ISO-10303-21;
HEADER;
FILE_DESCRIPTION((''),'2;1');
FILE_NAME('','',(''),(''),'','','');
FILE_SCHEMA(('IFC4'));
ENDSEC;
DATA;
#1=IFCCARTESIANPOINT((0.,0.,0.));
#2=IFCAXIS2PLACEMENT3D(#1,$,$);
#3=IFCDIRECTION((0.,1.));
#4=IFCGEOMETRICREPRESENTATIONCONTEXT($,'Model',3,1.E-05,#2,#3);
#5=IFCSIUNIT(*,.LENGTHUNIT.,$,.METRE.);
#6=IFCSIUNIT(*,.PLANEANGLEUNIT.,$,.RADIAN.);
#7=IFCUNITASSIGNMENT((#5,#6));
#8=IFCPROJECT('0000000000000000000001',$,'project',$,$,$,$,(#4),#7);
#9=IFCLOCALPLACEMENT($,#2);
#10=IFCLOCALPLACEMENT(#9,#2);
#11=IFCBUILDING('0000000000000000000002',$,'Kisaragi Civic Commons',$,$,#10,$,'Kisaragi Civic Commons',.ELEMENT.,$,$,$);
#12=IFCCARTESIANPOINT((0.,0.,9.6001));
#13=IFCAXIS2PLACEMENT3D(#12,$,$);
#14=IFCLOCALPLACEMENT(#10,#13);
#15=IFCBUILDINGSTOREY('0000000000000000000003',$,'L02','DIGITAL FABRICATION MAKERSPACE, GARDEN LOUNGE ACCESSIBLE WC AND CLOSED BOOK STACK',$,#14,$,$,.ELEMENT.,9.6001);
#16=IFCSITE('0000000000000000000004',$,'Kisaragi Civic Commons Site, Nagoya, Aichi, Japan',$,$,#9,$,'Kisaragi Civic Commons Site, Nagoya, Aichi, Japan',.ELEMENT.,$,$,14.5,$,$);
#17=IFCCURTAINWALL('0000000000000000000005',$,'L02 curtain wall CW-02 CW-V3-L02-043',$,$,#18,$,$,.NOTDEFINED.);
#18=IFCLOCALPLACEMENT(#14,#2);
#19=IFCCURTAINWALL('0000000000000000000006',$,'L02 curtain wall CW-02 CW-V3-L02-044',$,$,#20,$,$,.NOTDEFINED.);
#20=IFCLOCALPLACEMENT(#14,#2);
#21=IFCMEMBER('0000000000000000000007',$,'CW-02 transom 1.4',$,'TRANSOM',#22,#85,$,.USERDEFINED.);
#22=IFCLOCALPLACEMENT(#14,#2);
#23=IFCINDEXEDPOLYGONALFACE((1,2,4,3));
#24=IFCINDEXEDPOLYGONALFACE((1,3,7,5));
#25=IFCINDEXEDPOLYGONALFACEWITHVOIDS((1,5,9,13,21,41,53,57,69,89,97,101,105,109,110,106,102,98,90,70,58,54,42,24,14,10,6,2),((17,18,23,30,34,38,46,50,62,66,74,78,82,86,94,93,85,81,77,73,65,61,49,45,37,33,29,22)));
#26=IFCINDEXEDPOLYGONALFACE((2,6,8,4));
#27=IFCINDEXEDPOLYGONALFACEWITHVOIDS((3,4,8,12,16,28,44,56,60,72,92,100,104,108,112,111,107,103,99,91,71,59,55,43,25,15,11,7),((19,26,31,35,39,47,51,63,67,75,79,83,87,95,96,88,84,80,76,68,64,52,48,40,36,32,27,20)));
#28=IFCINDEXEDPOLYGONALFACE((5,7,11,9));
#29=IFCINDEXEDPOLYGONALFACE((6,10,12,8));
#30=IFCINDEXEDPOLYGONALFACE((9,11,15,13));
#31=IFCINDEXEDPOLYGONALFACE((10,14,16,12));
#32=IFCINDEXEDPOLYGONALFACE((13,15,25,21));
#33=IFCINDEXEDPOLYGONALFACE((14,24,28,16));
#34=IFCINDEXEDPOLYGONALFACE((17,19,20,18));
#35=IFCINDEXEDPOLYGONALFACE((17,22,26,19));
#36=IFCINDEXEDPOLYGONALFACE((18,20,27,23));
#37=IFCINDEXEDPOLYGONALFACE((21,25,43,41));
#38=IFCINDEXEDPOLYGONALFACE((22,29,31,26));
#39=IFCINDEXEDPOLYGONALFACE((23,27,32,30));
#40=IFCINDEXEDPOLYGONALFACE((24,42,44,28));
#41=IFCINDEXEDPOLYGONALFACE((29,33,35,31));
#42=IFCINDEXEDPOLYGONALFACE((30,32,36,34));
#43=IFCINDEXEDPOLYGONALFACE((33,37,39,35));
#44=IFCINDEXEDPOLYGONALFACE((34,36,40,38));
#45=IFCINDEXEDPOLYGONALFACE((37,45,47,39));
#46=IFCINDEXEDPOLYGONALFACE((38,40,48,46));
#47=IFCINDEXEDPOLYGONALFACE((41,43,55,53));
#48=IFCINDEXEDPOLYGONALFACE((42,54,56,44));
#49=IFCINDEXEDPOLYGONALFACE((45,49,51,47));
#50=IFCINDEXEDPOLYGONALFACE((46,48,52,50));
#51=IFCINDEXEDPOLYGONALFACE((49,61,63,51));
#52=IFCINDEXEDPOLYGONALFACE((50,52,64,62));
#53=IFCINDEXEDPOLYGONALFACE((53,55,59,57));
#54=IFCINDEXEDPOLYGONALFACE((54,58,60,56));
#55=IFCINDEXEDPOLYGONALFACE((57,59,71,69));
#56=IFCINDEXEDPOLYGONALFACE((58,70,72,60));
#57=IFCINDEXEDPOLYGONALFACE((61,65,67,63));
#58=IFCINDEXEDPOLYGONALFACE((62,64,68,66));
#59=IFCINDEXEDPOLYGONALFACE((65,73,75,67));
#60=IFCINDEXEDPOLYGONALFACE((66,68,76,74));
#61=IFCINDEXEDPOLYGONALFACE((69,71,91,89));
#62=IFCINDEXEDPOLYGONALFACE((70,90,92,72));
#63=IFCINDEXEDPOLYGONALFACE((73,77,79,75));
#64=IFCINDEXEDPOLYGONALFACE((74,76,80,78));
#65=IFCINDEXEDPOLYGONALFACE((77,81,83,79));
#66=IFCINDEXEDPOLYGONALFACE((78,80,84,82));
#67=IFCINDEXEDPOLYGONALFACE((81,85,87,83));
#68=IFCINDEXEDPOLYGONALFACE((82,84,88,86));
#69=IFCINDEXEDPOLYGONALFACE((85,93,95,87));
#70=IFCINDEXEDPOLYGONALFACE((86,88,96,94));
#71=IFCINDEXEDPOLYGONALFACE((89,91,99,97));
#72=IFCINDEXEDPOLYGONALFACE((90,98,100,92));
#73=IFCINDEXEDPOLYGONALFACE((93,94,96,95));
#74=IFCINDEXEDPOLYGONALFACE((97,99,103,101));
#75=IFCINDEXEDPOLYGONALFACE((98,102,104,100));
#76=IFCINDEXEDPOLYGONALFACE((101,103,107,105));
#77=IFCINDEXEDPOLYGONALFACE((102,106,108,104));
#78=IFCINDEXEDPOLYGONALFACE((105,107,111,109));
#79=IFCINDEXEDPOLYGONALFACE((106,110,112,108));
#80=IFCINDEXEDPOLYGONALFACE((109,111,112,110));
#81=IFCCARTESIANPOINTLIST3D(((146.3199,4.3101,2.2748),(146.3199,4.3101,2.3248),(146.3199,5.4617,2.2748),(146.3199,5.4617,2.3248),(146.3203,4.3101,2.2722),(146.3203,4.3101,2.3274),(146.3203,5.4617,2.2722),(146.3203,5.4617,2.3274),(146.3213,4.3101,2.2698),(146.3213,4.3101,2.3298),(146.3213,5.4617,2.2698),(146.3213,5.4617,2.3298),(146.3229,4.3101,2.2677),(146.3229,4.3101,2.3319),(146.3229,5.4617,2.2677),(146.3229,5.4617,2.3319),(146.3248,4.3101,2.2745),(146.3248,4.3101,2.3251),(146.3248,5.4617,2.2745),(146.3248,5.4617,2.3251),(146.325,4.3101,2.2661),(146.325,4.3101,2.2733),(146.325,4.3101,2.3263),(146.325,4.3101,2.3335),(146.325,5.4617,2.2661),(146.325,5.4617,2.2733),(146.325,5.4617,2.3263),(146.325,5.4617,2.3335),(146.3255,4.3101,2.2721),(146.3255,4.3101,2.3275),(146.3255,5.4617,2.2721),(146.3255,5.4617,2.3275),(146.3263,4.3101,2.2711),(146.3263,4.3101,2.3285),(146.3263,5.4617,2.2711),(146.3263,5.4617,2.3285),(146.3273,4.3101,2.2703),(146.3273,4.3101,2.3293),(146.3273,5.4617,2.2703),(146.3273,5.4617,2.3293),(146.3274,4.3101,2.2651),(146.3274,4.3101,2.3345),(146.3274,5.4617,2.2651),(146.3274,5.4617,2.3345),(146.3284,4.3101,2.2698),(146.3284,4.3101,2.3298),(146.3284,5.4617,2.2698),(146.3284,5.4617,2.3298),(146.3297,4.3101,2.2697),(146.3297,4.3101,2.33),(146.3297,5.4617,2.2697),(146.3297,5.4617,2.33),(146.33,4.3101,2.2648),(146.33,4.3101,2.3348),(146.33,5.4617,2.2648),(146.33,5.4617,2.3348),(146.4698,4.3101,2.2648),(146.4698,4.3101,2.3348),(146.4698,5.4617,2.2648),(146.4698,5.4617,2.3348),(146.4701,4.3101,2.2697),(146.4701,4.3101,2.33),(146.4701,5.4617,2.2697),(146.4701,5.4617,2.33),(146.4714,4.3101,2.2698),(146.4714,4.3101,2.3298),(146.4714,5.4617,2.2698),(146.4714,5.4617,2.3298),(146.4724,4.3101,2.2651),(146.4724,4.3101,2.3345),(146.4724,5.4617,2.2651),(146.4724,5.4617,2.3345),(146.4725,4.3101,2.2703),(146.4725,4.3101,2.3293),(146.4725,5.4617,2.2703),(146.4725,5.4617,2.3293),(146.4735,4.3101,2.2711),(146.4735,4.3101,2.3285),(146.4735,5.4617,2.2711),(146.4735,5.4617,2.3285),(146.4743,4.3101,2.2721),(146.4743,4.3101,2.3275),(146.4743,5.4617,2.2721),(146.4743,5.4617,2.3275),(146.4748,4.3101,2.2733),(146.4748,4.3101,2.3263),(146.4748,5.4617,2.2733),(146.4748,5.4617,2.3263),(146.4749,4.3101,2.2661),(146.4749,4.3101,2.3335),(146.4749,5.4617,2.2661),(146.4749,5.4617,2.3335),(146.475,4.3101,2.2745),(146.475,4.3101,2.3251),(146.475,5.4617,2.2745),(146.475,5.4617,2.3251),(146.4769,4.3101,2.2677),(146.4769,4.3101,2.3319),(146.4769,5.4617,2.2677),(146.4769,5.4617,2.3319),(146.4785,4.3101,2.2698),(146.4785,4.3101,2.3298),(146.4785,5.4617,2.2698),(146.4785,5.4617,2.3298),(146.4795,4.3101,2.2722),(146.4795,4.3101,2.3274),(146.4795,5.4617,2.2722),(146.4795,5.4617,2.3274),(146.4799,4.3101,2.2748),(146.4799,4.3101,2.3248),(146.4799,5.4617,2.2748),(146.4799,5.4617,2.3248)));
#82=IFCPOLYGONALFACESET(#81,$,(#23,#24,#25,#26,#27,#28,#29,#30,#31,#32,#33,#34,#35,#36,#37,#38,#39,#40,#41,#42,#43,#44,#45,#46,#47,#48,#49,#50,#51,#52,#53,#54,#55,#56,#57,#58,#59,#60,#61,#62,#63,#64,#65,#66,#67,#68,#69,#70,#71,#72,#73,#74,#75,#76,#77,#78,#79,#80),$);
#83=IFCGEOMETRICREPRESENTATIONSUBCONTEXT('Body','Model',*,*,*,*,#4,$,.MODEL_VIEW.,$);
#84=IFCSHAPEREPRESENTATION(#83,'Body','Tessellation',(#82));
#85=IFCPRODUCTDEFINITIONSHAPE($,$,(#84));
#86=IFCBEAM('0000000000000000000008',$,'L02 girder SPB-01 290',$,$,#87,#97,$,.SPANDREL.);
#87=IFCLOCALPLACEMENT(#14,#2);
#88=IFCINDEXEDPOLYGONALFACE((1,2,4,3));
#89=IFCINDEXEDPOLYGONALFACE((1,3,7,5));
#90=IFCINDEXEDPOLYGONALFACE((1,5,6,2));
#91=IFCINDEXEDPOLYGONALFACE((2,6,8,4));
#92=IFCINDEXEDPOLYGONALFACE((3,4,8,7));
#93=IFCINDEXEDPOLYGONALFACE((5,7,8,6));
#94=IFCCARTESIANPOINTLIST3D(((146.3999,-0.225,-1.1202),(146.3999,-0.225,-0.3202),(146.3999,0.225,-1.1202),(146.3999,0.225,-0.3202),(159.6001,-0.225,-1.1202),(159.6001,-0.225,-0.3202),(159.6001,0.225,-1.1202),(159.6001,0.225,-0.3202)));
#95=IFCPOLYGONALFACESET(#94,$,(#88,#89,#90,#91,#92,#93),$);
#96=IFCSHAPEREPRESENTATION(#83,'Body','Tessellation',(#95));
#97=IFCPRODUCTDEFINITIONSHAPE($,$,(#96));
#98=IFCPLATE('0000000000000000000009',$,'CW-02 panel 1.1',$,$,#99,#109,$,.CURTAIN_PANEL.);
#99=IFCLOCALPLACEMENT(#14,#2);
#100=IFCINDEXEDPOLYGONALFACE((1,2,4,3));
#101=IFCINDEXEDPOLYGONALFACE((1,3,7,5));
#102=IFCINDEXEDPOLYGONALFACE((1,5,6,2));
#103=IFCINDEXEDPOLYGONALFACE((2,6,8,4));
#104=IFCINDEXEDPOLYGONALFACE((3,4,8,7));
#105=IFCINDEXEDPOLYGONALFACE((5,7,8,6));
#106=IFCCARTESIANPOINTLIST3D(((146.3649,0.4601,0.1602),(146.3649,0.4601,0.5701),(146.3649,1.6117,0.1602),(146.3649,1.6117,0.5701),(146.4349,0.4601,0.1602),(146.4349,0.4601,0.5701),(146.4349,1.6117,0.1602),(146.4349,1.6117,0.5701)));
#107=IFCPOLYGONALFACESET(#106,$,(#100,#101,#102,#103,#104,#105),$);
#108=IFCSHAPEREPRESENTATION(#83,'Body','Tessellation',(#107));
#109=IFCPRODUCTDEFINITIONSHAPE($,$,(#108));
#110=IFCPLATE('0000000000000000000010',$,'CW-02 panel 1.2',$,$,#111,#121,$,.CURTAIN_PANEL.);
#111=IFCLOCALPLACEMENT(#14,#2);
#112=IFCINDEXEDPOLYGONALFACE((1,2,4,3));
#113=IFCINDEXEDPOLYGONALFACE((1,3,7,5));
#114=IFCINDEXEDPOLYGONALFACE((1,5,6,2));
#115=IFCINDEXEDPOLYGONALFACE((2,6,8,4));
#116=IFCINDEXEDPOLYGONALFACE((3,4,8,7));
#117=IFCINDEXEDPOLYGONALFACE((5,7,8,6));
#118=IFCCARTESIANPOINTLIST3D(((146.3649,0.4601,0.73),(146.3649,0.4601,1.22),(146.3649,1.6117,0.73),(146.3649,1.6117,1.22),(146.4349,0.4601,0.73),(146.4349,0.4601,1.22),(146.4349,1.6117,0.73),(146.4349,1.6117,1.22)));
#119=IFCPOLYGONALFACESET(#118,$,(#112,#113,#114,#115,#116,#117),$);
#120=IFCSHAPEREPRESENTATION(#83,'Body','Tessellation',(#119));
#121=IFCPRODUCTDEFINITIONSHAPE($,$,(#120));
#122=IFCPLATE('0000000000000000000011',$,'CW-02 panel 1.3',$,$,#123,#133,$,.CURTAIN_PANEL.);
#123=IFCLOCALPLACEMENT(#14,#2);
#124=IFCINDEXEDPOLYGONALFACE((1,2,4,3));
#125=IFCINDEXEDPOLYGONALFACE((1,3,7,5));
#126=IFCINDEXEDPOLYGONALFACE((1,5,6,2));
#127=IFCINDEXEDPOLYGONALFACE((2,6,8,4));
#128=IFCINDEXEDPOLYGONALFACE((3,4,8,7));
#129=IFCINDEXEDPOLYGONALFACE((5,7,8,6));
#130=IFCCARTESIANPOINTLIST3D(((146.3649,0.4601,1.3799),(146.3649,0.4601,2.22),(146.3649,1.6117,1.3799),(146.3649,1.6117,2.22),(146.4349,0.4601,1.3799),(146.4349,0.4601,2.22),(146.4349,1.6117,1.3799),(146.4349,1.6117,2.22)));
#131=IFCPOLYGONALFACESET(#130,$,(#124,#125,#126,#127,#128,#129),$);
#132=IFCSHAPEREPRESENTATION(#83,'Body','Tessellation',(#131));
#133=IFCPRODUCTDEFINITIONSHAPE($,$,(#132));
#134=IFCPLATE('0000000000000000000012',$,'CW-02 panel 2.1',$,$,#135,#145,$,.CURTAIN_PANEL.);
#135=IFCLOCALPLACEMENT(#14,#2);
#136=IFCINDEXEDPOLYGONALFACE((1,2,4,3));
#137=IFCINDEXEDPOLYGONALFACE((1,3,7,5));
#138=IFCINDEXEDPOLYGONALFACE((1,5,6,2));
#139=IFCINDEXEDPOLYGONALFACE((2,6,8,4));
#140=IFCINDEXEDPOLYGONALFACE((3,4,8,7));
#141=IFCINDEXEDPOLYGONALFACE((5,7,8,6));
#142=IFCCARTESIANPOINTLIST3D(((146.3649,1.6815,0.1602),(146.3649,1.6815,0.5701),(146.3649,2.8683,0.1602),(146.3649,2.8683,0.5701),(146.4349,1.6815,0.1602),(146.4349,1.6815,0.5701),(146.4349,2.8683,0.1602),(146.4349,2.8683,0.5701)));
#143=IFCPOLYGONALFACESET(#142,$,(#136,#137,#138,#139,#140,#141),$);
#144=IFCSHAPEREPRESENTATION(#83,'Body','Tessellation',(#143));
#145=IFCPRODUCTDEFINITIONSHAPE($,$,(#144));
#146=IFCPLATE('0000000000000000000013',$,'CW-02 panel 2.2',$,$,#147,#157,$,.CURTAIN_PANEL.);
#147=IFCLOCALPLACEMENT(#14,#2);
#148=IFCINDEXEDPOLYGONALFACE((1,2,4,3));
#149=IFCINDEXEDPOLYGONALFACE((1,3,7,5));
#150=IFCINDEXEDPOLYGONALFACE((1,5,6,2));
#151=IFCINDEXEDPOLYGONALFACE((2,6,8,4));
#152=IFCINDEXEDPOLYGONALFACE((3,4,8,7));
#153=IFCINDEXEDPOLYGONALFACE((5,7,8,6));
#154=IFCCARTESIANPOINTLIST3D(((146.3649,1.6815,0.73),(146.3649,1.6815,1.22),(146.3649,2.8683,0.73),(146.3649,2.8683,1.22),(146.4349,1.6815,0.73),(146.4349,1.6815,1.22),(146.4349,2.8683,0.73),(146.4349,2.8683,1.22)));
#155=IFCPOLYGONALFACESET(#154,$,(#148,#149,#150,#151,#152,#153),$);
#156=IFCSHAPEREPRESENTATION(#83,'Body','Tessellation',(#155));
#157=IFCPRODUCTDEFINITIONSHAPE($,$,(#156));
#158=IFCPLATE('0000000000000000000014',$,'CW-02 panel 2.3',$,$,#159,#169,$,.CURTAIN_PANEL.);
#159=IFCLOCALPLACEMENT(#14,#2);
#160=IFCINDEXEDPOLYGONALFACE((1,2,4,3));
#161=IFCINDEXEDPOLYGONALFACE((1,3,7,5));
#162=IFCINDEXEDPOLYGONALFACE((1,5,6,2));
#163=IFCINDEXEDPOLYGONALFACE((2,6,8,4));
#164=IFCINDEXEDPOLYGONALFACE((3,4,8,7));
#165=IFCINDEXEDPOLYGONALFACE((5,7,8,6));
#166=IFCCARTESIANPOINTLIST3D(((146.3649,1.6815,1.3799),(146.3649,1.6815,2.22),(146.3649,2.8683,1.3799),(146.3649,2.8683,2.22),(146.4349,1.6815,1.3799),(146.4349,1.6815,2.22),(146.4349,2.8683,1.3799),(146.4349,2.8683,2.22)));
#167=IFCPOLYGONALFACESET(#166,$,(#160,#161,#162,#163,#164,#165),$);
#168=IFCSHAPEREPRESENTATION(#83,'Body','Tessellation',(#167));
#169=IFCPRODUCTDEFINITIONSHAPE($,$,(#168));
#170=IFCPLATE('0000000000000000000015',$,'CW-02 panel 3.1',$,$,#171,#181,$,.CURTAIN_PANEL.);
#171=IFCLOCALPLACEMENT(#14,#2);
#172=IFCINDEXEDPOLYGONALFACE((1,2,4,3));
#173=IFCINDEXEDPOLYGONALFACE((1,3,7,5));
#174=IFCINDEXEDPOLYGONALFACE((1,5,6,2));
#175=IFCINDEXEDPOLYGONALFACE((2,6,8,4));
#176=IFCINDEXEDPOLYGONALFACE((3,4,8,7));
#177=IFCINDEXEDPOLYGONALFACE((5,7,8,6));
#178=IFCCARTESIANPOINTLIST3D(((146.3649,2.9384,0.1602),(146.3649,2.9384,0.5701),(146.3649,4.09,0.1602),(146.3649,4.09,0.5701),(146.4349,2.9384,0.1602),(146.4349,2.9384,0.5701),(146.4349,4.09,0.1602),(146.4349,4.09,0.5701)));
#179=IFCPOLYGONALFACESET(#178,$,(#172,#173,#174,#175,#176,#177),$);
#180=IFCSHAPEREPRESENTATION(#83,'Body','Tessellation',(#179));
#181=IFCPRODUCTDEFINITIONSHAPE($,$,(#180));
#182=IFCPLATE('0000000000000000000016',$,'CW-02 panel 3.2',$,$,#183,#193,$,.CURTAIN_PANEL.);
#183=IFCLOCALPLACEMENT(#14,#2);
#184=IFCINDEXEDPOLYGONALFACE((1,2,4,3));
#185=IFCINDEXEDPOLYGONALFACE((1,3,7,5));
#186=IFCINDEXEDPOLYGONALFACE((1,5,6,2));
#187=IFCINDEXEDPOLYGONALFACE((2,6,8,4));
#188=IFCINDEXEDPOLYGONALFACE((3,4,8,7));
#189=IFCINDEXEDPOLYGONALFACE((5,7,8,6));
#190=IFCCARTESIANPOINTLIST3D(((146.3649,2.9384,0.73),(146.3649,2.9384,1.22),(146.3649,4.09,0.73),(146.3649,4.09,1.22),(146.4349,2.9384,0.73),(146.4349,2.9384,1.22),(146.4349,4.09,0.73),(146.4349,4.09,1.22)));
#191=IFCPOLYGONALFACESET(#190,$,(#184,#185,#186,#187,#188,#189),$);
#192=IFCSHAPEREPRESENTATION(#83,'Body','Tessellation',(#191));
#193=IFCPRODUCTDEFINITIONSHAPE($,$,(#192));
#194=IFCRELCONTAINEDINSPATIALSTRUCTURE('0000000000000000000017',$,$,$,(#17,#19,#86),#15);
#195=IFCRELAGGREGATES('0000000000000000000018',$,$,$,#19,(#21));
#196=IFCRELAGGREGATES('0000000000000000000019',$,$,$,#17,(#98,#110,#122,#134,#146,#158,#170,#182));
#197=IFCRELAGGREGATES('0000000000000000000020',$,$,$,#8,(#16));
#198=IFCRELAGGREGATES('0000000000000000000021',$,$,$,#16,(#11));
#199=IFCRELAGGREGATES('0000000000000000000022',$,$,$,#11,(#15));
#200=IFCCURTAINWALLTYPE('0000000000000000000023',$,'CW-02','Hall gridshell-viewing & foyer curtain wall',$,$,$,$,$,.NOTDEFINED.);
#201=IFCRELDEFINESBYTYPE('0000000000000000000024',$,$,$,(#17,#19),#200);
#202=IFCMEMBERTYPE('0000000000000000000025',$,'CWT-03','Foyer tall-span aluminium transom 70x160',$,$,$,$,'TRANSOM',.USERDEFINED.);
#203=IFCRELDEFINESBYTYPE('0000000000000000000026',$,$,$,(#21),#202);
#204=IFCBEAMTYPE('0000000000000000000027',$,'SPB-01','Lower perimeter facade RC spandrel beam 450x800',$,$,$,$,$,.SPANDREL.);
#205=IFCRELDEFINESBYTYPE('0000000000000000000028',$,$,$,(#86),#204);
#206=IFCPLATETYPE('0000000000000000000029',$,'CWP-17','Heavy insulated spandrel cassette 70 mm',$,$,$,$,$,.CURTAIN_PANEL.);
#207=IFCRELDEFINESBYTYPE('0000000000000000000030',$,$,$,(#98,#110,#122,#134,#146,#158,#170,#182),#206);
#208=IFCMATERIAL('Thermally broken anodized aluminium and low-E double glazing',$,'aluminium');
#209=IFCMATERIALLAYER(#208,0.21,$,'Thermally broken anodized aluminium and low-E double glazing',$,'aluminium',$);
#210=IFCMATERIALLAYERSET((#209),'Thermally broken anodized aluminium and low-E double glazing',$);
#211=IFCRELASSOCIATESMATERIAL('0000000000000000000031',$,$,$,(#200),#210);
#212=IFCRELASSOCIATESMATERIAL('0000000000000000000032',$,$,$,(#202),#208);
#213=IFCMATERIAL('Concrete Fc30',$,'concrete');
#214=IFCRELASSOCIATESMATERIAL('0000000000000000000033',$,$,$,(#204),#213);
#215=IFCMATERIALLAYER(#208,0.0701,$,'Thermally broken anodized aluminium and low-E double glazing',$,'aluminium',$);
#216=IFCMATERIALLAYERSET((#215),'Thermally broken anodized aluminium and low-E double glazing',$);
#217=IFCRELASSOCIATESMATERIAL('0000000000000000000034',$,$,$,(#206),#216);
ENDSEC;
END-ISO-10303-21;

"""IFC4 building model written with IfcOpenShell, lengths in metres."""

from ifc_helpers import new_model, si_unit, direction, frame, origin, origin_2d, place, context, subcontext, project, spatial, rectangle, hollow_rectangle, extrude, material, layer, layer_set, material_profile, profile_set, type_object, element, aggregate, save


model = new_model("IFC4")

# Units and contexts
model_context = context("Model", 3, precision=1e-05, world=origin(), true_north=direction((0.0, 1.0)))
body_context = subcontext(model_context, "Body", "Model", "MODEL_VIEW")
ifc_project = project(units=[si_unit("LENGTHUNIT", "METRE"), si_unit("PLANEANGLEUNIT", "RADIAN")], contexts=[model_context])

# Site, building, storey
site_placement = place(None, origin())
site = spatial("IfcSite", under=ifc_project, at=site_placement, Name="Kisaragi Civic Commons Site, Nagoya, Aichi, Japan", LongName="Kisaragi Civic Commons Site, Nagoya, Aichi, Japan", CompositionType="ELEMENT", RefElevation=14.5)
building_placement = place(site_placement, origin())
building = spatial("IfcBuilding", under=site, at=building_placement, Name="Kisaragi Civic Commons", LongName="Kisaragi Civic Commons", CompositionType="ELEMENT")
storey_placement = place(building_placement, frame((0.0, 0.0, 9.6001)))
storey = spatial("IfcBuildingStorey", under=building, at=storey_placement, Name="L02", Description="DIGITAL FABRICATION MAKERSPACE, GARDEN LOUNGE ACCESSIBLE WC AND CLOSED BOOK STACK", CompositionType="ELEMENT", Elevation=9.6001)

# Curtain wall
ifc_material_1 = material(Name="Thermally broken anodized aluminium and low-E double glazing", Category="aluminium")
ifc_layer_1 = layer(ifc_material_1, 0.21, Name="Thermally broken anodized aluminium and low-E double glazing", Category="aluminium")
ifc_layer_set_1 = layer_set([ifc_layer_1], Name="Thermally broken anodized aluminium and low-E double glazing")
curtain_wall_type = type_object("IfcCurtainWallType", Name="CW-02", Description="Hall gridshell-viewing & foyer curtain wall", PredefinedType="NOTDEFINED", material=ifc_layer_set_1)
curtain_wall_1_placement = place(storey_placement, origin())
curtain_wall_1 = element("IfcCurtainWall", 1, at=curtain_wall_1_placement, inside=storey, type_object=curtain_wall_type, Name="L02 curtain wall CW-02 CW-V3-L02-043", PredefinedType="NOTDEFINED")

# Curtain wall
curtain_wall_2_placement = place(storey_placement, origin())
curtain_wall_2 = element("IfcCurtainWall", 2, at=curtain_wall_2_placement, inside=storey, type_object=curtain_wall_type, Name="L02 curtain wall CW-02 CW-V3-L02-044", PredefinedType="NOTDEFINED")

# Member
ifc_material_profile_1 = material_profile(ifc_material_1, hollow_rectangle(XDim=0.1599, YDim=0.0701, WallThickness=0.0049, InnerFilletRadius=0.0049, OuterFilletRadius=0.01, at=origin_2d()), Name="CWT-70x160x5", Category="aluminium")
ifc_profile_set_1 = profile_set([ifc_material_profile_1], Name="Thermally broken anodized aluminium and low-E double glazing")
member_type_1 = type_object("IfcMemberType", Name="CWT-03", Description="Foyer tall-span aluminium transom 70x160", ElementType="TRANSOM", PredefinedType="USERDEFINED", material=ifc_profile_set_1)
member_1_placement = place(storey_placement, frame((146.3999, 4.3101, 2.2998), z_axis=(0.0, 1.0, 0.0), x_axis=(-1.0, 0.0, 0.0)))
member_1 = element("IfcMember", 3, at=member_1_placement, type_object=member_type_1, Name="CW-02 transom 1.4", ObjectType="TRANSOM", PredefinedType="USERDEFINED", context=body_context, shape_type="SweptSolid", body=[
    extrude(hollow_rectangle(XDim=0.1599, YDim=0.0701, WallThickness=0.0049, InnerFilletRadius=0.0049, OuterFilletRadius=0.01, at=origin_2d()), origin(), (0.0, 0.0, 1.0), 1.1516),
])
aggregate(curtain_wall_2, [member_1])

# Beam
ifc_material_2 = material(Name="Concrete Fc30", Category="concrete")
ifc_material_profile_2 = material_profile(ifc_material_2, rectangle(XDim=0.45, YDim=0.8, at=origin_2d()), Name="RC-450x800", Category="concrete")
ifc_profile_set_2 = profile_set([ifc_material_profile_2], Name="Concrete Fc30")
beam_type = type_object("IfcBeamType", Name="SPB-01", Description="Lower perimeter facade RC spandrel beam 450x800", PredefinedType="SPANDREL", material=ifc_profile_set_2)
beam_placement = place(storey_placement, frame((146.3999, 0.0, -0.7202), z_axis=(1.0, 0.0, 0.0), x_axis=(0.0, 1.0, 0.0)))
element("IfcBeam", 4, at=beam_placement, inside=storey, type_object=beam_type, Name="L02 girder SPB-01 290", PredefinedType="SPANDREL", context=body_context, shape_type="SweptSolid", body=[
    extrude(rectangle(XDim=0.45, YDim=0.8, at=origin_2d()), origin(), (0.0, 0.0, 1.0), 13.2002),
])

# Plates
ifc_layer_2 = layer(ifc_material_1, 0.0701, Name="Thermally broken anodized aluminium and low-E double glazing", Category="aluminium")
ifc_layer_set_2 = layer_set([ifc_layer_2], Name="Thermally broken anodized aluminium and low-E double glazing")
plate_type = type_object("IfcPlateType", Name="CWP-17", Description="Heavy insulated spandrel cassette 70 mm", PredefinedType="CURTAIN_PANEL", material=ifc_layer_set_2)
plate_1_placement = place(storey_placement, frame((146.3999, 1.0359, 0.1602), z_axis=(0.0, 0.0, 1.0), x_axis=(0.0, 1.0, 0.0)))
plate_1 = element("IfcPlate", 5, at=plate_1_placement, type_object=plate_type, Name="CW-02 panel 1.1", PredefinedType="CURTAIN_PANEL", context=body_context, shape_type="SweptSolid", body=[
    extrude(rectangle(XDim=1.1516, YDim=0.0701, at=origin_2d()), origin(), (0.0, 0.0, 1.0), 0.4099),
])
plate_2_placement = place(storey_placement, frame((146.3999, 1.0359, 0.73), z_axis=(0.0, 0.0, 1.0), x_axis=(0.0, 1.0, 0.0)))
plate_2 = element("IfcPlate", 6, at=plate_2_placement, type_object=plate_type, Name="CW-02 panel 1.2", PredefinedType="CURTAIN_PANEL", context=body_context, shape_type="SweptSolid", body=[
    extrude(rectangle(XDim=1.1516, YDim=0.0701, at=origin_2d()), origin(), (0.0, 0.0, 1.0), 0.49),
])
plate_3_placement = place(storey_placement, frame((146.3999, 1.0359, 1.3799), z_axis=(0.0, 0.0, 1.0), x_axis=(0.0, 1.0, 0.0)))
plate_3 = element("IfcPlate", 7, at=plate_3_placement, type_object=plate_type, Name="CW-02 panel 1.3", PredefinedType="CURTAIN_PANEL", context=body_context, shape_type="SweptSolid", body=[
    extrude(rectangle(XDim=1.1516, YDim=0.0701, at=origin_2d()), origin(), (0.0, 0.0, 1.0), 0.8401),
])
plate_4_placement = place(storey_placement, frame((146.3999, 2.2749, 0.1602), z_axis=(0.0, 0.0, 1.0), x_axis=(0.0, 1.0, 0.0)))
plate_4 = element("IfcPlate", 8, at=plate_4_placement, type_object=plate_type, Name="CW-02 panel 2.1", PredefinedType="CURTAIN_PANEL", context=body_context, shape_type="SweptSolid", body=[
    extrude(rectangle(XDim=1.1868, YDim=0.0701, at=origin_2d()), origin(), (0.0, 0.0, 1.0), 0.4099),
])
plate_5_placement = place(storey_placement, frame((146.3999, 2.2749, 0.73), z_axis=(0.0, 0.0, 1.0), x_axis=(0.0, 1.0, 0.0)))
plate_5 = element("IfcPlate", 9, at=plate_5_placement, type_object=plate_type, Name="CW-02 panel 2.2", PredefinedType="CURTAIN_PANEL", context=body_context, shape_type="SweptSolid", body=[
    extrude(rectangle(XDim=1.1868, YDim=0.0701, at=origin_2d()), origin(), (0.0, 0.0, 1.0), 0.49),
])
plate_6_placement = place(storey_placement, frame((146.3999, 2.2749, 1.3799), z_axis=(0.0, 0.0, 1.0), x_axis=(0.0, 1.0, 0.0)))
plate_6 = element("IfcPlate", 10, at=plate_6_placement, type_object=plate_type, Name="CW-02 panel 2.3", PredefinedType="CURTAIN_PANEL", context=body_context, shape_type="SweptSolid", body=[
    extrude(rectangle(XDim=1.1868, YDim=0.0701, at=origin_2d()), origin(), (0.0, 0.0, 1.0), 0.8401),
])
plate_7_placement = place(storey_placement, frame((146.3999, 3.5142, 0.1602), z_axis=(0.0, 0.0, 1.0), x_axis=(0.0, 1.0, 0.0)))
plate_7 = element("IfcPlate", 11, at=plate_7_placement, type_object=plate_type, Name="CW-02 panel 3.1", PredefinedType="CURTAIN_PANEL", context=body_context, shape_type="SweptSolid", body=[
    extrude(rectangle(XDim=1.1516, YDim=0.0701, at=origin_2d()), origin(), (0.0, 0.0, 1.0), 0.4099),
])
plate_8_placement = place(storey_placement, frame((146.3999, 3.5142, 0.73), z_axis=(0.0, 0.0, 1.0), x_axis=(0.0, 1.0, 0.0)))
plate_8 = element("IfcPlate", 12, at=plate_8_placement, type_object=plate_type, Name="CW-02 panel 3.2", PredefinedType="CURTAIN_PANEL", context=body_context, shape_type="SweptSolid", body=[
    extrude(rectangle(XDim=1.1516, YDim=0.0701, at=origin_2d()), origin(), (0.0, 0.0, 1.0), 0.49),
])
aggregate(curtain_wall_1, [plate_1, plate_2, plate_3, plate_4, plate_5, plate_6, plate_7, plate_8])

save(model, "model.ifc")
